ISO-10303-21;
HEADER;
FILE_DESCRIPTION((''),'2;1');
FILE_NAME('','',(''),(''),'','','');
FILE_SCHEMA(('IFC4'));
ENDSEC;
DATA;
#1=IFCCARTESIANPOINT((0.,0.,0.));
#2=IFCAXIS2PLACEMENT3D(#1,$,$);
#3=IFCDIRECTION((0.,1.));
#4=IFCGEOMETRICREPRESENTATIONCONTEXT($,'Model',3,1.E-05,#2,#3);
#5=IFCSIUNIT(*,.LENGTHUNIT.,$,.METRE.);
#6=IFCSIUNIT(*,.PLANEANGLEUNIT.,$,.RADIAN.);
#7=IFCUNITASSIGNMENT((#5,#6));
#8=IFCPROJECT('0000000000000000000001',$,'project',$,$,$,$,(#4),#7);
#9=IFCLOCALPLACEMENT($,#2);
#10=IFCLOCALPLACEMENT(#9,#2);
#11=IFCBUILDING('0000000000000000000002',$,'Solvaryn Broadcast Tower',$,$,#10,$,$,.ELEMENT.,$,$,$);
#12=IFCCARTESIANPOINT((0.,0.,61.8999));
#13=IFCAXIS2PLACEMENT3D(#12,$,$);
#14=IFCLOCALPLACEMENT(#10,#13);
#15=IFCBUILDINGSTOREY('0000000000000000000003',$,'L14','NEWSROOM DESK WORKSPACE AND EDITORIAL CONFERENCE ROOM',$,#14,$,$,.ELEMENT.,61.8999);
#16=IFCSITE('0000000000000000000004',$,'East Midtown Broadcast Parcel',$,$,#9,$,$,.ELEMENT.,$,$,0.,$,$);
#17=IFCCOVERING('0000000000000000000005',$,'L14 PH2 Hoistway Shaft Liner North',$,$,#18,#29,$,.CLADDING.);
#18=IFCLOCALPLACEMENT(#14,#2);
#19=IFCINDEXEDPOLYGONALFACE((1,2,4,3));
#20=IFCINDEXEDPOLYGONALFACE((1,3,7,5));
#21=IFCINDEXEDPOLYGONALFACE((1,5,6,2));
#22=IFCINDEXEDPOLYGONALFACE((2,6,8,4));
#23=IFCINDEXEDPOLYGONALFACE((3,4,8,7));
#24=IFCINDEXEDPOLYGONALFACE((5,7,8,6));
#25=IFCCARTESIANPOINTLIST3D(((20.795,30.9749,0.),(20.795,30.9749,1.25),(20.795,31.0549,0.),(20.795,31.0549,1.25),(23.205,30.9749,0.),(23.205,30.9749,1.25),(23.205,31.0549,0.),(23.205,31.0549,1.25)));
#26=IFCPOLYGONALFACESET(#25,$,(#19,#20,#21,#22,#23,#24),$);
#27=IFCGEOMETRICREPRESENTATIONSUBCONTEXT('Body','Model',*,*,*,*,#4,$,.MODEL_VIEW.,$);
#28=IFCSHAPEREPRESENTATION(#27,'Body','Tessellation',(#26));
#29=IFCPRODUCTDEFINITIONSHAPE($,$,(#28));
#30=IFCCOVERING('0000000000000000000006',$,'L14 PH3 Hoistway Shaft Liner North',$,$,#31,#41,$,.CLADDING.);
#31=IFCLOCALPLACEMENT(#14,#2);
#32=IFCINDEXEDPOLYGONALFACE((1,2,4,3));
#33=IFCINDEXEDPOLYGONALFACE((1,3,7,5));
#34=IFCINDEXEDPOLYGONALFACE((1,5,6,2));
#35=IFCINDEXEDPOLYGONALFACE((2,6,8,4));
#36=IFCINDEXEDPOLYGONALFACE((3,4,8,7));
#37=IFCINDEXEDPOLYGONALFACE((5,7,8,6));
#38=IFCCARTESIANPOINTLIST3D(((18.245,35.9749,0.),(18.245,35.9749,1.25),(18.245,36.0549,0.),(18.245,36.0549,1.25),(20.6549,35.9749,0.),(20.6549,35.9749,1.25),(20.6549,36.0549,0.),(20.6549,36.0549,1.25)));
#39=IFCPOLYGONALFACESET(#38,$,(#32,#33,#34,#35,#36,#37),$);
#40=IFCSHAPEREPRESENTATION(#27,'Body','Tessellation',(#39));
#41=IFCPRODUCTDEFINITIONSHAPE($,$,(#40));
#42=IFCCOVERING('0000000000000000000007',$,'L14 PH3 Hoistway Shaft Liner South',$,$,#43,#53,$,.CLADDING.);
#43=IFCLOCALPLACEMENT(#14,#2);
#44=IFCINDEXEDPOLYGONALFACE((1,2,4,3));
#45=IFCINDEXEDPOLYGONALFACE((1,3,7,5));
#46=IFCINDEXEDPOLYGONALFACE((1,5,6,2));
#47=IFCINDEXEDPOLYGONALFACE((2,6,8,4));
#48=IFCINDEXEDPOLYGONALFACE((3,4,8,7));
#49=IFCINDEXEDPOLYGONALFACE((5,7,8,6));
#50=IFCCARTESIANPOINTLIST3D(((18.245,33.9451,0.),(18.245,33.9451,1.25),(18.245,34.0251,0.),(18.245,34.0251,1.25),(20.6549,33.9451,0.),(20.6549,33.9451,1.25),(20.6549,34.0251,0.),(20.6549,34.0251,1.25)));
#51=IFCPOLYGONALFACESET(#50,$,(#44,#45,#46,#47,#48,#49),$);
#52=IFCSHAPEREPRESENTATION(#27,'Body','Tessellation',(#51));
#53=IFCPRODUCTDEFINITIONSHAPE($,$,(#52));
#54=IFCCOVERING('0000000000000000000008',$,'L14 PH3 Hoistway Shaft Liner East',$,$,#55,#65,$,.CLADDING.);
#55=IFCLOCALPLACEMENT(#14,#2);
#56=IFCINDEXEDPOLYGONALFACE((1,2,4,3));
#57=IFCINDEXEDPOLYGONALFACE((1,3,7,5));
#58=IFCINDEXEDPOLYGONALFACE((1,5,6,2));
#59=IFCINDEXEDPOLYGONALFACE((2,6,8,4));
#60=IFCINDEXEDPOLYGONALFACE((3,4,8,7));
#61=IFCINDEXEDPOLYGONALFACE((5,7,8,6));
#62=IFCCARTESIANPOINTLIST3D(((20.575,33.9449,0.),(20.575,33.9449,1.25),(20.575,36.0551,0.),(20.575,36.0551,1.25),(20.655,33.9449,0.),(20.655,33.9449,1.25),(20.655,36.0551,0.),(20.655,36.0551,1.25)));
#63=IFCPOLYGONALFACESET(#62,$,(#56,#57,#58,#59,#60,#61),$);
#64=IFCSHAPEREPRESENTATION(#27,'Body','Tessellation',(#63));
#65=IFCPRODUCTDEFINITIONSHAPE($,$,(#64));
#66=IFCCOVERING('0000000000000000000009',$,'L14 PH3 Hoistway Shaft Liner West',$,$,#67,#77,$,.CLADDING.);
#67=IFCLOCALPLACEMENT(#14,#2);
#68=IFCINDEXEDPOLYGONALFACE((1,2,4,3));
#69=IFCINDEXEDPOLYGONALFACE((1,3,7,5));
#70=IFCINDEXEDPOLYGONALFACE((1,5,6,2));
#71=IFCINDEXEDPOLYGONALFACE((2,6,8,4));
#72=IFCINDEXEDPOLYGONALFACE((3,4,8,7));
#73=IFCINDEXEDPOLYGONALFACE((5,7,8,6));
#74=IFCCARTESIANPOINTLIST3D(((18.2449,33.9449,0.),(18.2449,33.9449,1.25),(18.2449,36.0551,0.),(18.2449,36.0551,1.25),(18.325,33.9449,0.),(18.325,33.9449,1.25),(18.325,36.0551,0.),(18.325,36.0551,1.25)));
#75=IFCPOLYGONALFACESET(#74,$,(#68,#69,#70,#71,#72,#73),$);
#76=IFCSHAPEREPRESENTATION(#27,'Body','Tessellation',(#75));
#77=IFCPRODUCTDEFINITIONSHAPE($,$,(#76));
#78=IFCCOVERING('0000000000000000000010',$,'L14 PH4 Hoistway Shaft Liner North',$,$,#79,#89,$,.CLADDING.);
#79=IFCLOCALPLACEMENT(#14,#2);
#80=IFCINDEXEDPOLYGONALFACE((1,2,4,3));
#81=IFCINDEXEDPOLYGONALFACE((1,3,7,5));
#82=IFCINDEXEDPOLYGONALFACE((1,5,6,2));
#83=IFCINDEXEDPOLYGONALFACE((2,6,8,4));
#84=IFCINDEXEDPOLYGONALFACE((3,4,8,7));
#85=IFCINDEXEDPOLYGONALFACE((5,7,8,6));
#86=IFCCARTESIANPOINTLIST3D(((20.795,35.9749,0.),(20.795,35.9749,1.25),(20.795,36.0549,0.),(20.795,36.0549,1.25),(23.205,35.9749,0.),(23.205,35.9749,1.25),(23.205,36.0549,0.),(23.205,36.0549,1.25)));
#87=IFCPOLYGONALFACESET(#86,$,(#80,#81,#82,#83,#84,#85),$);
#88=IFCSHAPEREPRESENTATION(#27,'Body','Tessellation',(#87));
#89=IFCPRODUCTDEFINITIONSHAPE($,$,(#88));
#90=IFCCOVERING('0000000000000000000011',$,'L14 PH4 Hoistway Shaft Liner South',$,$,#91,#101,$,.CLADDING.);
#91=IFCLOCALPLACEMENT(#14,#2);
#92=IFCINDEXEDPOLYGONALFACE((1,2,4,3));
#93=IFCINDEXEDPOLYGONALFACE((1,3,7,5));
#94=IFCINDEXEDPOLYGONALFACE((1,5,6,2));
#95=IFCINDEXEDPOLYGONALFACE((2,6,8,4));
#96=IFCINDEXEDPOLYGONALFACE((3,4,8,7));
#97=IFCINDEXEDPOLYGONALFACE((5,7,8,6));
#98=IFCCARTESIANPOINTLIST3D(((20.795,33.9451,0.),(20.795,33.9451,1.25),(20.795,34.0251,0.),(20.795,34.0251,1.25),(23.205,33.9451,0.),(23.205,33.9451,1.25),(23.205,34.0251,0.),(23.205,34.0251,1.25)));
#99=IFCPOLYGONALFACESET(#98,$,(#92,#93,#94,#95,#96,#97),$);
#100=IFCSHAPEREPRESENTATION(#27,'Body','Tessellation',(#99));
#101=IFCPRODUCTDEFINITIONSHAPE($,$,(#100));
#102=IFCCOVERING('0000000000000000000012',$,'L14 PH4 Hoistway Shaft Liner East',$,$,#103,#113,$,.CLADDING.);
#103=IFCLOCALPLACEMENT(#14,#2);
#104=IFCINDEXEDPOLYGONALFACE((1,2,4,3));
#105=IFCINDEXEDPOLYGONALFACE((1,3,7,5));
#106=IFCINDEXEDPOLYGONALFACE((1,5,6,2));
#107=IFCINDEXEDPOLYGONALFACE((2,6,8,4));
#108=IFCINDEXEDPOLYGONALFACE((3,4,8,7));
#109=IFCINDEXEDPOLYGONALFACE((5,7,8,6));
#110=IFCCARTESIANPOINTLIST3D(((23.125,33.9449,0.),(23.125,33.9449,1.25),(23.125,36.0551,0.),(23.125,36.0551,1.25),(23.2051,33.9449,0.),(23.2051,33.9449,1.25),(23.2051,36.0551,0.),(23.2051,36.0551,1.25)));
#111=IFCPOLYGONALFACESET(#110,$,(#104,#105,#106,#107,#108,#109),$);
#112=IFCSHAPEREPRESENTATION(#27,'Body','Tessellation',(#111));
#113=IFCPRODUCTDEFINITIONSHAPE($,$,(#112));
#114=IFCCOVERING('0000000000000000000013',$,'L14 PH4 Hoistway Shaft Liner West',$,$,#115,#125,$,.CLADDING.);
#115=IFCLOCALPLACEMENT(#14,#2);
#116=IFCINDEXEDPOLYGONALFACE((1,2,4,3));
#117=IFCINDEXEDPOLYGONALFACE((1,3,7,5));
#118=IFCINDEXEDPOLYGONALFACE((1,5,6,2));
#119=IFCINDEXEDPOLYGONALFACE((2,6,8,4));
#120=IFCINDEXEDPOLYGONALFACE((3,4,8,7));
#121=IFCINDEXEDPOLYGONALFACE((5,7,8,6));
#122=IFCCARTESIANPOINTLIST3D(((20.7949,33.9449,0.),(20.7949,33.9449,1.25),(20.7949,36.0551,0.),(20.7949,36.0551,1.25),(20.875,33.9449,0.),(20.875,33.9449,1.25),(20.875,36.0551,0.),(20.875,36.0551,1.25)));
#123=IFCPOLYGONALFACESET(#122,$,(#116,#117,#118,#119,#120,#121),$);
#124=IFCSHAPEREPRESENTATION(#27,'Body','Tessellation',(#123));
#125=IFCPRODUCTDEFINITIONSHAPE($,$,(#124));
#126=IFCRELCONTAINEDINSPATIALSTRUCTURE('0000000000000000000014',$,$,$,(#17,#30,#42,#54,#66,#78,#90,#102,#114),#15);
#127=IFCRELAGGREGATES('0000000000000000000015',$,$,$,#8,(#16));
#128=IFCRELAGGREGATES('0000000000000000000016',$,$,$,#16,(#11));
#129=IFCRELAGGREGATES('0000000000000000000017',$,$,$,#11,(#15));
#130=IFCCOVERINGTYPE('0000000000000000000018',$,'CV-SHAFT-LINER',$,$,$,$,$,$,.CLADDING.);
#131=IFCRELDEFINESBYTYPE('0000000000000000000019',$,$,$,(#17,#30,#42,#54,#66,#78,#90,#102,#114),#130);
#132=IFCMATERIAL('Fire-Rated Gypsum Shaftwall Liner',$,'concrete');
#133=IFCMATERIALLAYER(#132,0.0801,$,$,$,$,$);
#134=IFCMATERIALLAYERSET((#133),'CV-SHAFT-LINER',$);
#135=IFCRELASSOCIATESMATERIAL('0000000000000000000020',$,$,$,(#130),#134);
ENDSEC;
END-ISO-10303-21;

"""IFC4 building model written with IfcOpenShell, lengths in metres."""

from ifc_helpers import new_model, si_unit, direction, frame, origin, origin_2d, place, context, subcontext, project, spatial, rectangle, extrude, material, layer, layer_set, type_object, element, save


model = new_model("IFC4")

# Units and contexts
model_context = context("Model", 3, precision=1e-05, world=origin(), true_north=direction((0.0, 1.0)))
body_context = subcontext(model_context, "Body", "Model", "MODEL_VIEW")
ifc_project = project(units=[si_unit("LENGTHUNIT", "METRE"), si_unit("PLANEANGLEUNIT", "RADIAN")], contexts=[model_context])

# Site, building, storey
site_placement = place(None, origin())
site = spatial("IfcSite", under=ifc_project, at=site_placement, Name="East Midtown Broadcast Parcel", CompositionType="ELEMENT", RefElevation=0.0)
building_placement = place(site_placement, origin())
building = spatial("IfcBuilding", under=site, at=building_placement, Name="Solvaryn Broadcast Tower", CompositionType="ELEMENT")
storey_placement = place(building_placement, frame((0.0, 0.0, 61.8999)))
storey = spatial("IfcBuildingStorey", under=building, at=storey_placement, Name="L14", Description="NEWSROOM DESK WORKSPACE AND EDITORIAL CONFERENCE ROOM", CompositionType="ELEMENT", Elevation=61.8999)

# Coverings
ifc_material_1 = material(Name="Fire-Rated Gypsum Shaftwall Liner", Category="concrete")
ifc_layer_1 = layer(ifc_material_1, 0.0801)
ifc_layer_set_1 = layer_set([ifc_layer_1], Name="CV-SHAFT-LINER")
covering_type = type_object("IfcCoveringType", Name="CV-SHAFT-LINER", PredefinedType="CLADDING", material=ifc_layer_set_1)
for number, where, z_axis, x_axis, name in (
    (1, (22.0, 31.0149, 0.0), (0.0, 0.0, 1.0), (1.0, 0.0, 0.0), "L14 PH2 Hoistway Shaft Liner North"),
    (2, (19.45, 36.0149, 0.0), (0.0, 0.0, 1.0), (1.0, 0.0, 0.0), "L14 PH3 Hoistway Shaft Liner North"),
    (3, (19.45, 33.9851, 0.0), (0.0, 0.0, 1.0), (1.0, 0.0, 0.0), "L14 PH3 Hoistway Shaft Liner South"),
):
    element("IfcCovering", number, at=place(storey_placement, frame(where, z_axis=z_axis, x_axis=x_axis)), inside=storey, type_object=covering_type, Name=name, PredefinedType="CLADDING", context=body_context, shape_type="SweptSolid", body=[
        extrude(rectangle(XDim=2.4099, YDim=0.0801, at=origin_2d()), origin(), (0.0, 0.0, 1.0), 1.25),
    ])
for number, where, z_axis, x_axis, name in (
    (4, (20.615, 35.0, 0.0), (0.0, 0.0, 1.0), (1.0, 0.0, 0.0), "L14 PH3 Hoistway Shaft Liner East"),
    (5, (18.2849, 35.0, 0.0), (0.0, 0.0, 1.0), (1.0, 0.0, 0.0), "L14 PH3 Hoistway Shaft Liner West"),
):
    element("IfcCovering", number, at=place(storey_placement, frame(where, z_axis=z_axis, x_axis=x_axis)), inside=storey, type_object=covering_type, Name=name, PredefinedType="CLADDING", context=body_context, shape_type="SweptSolid", body=[
        extrude(rectangle(XDim=0.0801, YDim=2.1101, at=origin_2d()), origin(), (0.0, 0.0, 1.0), 1.25),
    ])
for number, where, z_axis, x_axis, name in (
    (6, (22.0, 36.0149, 0.0), (0.0, 0.0, 1.0), (1.0, 0.0, 0.0), "L14 PH4 Hoistway Shaft Liner North"),
    (7, (22.0, 33.9851, 0.0), (0.0, 0.0, 1.0), (1.0, 0.0, 0.0), "L14 PH4 Hoistway Shaft Liner South"),
):
    element("IfcCovering", number, at=place(storey_placement, frame(where, z_axis=z_axis, x_axis=x_axis)), inside=storey, type_object=covering_type, Name=name, PredefinedType="CLADDING", context=body_context, shape_type="SweptSolid", body=[
        extrude(rectangle(XDim=2.4099, YDim=0.0801, at=origin_2d()), origin(), (0.0, 0.0, 1.0), 1.25),
    ])
for number, where, z_axis, x_axis, name in (
    (8, (23.165, 35.0, 0.0), (0.0, 0.0, 1.0), (1.0, 0.0, 0.0), "L14 PH4 Hoistway Shaft Liner East"),
    (9, (20.835, 35.0, 0.0), (0.0, 0.0, 1.0), (1.0, 0.0, 0.0), "L14 PH4 Hoistway Shaft Liner West"),
):
    element("IfcCovering", number, at=place(storey_placement, frame(where, z_axis=z_axis, x_axis=x_axis)), inside=storey, type_object=covering_type, Name=name, PredefinedType="CLADDING", context=body_context, shape_type="SweptSolid", body=[
        extrude(rectangle(XDim=0.0801, YDim=2.1101, at=origin_2d()), origin(), (0.0, 0.0, 1.0), 1.25),
    ])

save(model, "model.ifc")
